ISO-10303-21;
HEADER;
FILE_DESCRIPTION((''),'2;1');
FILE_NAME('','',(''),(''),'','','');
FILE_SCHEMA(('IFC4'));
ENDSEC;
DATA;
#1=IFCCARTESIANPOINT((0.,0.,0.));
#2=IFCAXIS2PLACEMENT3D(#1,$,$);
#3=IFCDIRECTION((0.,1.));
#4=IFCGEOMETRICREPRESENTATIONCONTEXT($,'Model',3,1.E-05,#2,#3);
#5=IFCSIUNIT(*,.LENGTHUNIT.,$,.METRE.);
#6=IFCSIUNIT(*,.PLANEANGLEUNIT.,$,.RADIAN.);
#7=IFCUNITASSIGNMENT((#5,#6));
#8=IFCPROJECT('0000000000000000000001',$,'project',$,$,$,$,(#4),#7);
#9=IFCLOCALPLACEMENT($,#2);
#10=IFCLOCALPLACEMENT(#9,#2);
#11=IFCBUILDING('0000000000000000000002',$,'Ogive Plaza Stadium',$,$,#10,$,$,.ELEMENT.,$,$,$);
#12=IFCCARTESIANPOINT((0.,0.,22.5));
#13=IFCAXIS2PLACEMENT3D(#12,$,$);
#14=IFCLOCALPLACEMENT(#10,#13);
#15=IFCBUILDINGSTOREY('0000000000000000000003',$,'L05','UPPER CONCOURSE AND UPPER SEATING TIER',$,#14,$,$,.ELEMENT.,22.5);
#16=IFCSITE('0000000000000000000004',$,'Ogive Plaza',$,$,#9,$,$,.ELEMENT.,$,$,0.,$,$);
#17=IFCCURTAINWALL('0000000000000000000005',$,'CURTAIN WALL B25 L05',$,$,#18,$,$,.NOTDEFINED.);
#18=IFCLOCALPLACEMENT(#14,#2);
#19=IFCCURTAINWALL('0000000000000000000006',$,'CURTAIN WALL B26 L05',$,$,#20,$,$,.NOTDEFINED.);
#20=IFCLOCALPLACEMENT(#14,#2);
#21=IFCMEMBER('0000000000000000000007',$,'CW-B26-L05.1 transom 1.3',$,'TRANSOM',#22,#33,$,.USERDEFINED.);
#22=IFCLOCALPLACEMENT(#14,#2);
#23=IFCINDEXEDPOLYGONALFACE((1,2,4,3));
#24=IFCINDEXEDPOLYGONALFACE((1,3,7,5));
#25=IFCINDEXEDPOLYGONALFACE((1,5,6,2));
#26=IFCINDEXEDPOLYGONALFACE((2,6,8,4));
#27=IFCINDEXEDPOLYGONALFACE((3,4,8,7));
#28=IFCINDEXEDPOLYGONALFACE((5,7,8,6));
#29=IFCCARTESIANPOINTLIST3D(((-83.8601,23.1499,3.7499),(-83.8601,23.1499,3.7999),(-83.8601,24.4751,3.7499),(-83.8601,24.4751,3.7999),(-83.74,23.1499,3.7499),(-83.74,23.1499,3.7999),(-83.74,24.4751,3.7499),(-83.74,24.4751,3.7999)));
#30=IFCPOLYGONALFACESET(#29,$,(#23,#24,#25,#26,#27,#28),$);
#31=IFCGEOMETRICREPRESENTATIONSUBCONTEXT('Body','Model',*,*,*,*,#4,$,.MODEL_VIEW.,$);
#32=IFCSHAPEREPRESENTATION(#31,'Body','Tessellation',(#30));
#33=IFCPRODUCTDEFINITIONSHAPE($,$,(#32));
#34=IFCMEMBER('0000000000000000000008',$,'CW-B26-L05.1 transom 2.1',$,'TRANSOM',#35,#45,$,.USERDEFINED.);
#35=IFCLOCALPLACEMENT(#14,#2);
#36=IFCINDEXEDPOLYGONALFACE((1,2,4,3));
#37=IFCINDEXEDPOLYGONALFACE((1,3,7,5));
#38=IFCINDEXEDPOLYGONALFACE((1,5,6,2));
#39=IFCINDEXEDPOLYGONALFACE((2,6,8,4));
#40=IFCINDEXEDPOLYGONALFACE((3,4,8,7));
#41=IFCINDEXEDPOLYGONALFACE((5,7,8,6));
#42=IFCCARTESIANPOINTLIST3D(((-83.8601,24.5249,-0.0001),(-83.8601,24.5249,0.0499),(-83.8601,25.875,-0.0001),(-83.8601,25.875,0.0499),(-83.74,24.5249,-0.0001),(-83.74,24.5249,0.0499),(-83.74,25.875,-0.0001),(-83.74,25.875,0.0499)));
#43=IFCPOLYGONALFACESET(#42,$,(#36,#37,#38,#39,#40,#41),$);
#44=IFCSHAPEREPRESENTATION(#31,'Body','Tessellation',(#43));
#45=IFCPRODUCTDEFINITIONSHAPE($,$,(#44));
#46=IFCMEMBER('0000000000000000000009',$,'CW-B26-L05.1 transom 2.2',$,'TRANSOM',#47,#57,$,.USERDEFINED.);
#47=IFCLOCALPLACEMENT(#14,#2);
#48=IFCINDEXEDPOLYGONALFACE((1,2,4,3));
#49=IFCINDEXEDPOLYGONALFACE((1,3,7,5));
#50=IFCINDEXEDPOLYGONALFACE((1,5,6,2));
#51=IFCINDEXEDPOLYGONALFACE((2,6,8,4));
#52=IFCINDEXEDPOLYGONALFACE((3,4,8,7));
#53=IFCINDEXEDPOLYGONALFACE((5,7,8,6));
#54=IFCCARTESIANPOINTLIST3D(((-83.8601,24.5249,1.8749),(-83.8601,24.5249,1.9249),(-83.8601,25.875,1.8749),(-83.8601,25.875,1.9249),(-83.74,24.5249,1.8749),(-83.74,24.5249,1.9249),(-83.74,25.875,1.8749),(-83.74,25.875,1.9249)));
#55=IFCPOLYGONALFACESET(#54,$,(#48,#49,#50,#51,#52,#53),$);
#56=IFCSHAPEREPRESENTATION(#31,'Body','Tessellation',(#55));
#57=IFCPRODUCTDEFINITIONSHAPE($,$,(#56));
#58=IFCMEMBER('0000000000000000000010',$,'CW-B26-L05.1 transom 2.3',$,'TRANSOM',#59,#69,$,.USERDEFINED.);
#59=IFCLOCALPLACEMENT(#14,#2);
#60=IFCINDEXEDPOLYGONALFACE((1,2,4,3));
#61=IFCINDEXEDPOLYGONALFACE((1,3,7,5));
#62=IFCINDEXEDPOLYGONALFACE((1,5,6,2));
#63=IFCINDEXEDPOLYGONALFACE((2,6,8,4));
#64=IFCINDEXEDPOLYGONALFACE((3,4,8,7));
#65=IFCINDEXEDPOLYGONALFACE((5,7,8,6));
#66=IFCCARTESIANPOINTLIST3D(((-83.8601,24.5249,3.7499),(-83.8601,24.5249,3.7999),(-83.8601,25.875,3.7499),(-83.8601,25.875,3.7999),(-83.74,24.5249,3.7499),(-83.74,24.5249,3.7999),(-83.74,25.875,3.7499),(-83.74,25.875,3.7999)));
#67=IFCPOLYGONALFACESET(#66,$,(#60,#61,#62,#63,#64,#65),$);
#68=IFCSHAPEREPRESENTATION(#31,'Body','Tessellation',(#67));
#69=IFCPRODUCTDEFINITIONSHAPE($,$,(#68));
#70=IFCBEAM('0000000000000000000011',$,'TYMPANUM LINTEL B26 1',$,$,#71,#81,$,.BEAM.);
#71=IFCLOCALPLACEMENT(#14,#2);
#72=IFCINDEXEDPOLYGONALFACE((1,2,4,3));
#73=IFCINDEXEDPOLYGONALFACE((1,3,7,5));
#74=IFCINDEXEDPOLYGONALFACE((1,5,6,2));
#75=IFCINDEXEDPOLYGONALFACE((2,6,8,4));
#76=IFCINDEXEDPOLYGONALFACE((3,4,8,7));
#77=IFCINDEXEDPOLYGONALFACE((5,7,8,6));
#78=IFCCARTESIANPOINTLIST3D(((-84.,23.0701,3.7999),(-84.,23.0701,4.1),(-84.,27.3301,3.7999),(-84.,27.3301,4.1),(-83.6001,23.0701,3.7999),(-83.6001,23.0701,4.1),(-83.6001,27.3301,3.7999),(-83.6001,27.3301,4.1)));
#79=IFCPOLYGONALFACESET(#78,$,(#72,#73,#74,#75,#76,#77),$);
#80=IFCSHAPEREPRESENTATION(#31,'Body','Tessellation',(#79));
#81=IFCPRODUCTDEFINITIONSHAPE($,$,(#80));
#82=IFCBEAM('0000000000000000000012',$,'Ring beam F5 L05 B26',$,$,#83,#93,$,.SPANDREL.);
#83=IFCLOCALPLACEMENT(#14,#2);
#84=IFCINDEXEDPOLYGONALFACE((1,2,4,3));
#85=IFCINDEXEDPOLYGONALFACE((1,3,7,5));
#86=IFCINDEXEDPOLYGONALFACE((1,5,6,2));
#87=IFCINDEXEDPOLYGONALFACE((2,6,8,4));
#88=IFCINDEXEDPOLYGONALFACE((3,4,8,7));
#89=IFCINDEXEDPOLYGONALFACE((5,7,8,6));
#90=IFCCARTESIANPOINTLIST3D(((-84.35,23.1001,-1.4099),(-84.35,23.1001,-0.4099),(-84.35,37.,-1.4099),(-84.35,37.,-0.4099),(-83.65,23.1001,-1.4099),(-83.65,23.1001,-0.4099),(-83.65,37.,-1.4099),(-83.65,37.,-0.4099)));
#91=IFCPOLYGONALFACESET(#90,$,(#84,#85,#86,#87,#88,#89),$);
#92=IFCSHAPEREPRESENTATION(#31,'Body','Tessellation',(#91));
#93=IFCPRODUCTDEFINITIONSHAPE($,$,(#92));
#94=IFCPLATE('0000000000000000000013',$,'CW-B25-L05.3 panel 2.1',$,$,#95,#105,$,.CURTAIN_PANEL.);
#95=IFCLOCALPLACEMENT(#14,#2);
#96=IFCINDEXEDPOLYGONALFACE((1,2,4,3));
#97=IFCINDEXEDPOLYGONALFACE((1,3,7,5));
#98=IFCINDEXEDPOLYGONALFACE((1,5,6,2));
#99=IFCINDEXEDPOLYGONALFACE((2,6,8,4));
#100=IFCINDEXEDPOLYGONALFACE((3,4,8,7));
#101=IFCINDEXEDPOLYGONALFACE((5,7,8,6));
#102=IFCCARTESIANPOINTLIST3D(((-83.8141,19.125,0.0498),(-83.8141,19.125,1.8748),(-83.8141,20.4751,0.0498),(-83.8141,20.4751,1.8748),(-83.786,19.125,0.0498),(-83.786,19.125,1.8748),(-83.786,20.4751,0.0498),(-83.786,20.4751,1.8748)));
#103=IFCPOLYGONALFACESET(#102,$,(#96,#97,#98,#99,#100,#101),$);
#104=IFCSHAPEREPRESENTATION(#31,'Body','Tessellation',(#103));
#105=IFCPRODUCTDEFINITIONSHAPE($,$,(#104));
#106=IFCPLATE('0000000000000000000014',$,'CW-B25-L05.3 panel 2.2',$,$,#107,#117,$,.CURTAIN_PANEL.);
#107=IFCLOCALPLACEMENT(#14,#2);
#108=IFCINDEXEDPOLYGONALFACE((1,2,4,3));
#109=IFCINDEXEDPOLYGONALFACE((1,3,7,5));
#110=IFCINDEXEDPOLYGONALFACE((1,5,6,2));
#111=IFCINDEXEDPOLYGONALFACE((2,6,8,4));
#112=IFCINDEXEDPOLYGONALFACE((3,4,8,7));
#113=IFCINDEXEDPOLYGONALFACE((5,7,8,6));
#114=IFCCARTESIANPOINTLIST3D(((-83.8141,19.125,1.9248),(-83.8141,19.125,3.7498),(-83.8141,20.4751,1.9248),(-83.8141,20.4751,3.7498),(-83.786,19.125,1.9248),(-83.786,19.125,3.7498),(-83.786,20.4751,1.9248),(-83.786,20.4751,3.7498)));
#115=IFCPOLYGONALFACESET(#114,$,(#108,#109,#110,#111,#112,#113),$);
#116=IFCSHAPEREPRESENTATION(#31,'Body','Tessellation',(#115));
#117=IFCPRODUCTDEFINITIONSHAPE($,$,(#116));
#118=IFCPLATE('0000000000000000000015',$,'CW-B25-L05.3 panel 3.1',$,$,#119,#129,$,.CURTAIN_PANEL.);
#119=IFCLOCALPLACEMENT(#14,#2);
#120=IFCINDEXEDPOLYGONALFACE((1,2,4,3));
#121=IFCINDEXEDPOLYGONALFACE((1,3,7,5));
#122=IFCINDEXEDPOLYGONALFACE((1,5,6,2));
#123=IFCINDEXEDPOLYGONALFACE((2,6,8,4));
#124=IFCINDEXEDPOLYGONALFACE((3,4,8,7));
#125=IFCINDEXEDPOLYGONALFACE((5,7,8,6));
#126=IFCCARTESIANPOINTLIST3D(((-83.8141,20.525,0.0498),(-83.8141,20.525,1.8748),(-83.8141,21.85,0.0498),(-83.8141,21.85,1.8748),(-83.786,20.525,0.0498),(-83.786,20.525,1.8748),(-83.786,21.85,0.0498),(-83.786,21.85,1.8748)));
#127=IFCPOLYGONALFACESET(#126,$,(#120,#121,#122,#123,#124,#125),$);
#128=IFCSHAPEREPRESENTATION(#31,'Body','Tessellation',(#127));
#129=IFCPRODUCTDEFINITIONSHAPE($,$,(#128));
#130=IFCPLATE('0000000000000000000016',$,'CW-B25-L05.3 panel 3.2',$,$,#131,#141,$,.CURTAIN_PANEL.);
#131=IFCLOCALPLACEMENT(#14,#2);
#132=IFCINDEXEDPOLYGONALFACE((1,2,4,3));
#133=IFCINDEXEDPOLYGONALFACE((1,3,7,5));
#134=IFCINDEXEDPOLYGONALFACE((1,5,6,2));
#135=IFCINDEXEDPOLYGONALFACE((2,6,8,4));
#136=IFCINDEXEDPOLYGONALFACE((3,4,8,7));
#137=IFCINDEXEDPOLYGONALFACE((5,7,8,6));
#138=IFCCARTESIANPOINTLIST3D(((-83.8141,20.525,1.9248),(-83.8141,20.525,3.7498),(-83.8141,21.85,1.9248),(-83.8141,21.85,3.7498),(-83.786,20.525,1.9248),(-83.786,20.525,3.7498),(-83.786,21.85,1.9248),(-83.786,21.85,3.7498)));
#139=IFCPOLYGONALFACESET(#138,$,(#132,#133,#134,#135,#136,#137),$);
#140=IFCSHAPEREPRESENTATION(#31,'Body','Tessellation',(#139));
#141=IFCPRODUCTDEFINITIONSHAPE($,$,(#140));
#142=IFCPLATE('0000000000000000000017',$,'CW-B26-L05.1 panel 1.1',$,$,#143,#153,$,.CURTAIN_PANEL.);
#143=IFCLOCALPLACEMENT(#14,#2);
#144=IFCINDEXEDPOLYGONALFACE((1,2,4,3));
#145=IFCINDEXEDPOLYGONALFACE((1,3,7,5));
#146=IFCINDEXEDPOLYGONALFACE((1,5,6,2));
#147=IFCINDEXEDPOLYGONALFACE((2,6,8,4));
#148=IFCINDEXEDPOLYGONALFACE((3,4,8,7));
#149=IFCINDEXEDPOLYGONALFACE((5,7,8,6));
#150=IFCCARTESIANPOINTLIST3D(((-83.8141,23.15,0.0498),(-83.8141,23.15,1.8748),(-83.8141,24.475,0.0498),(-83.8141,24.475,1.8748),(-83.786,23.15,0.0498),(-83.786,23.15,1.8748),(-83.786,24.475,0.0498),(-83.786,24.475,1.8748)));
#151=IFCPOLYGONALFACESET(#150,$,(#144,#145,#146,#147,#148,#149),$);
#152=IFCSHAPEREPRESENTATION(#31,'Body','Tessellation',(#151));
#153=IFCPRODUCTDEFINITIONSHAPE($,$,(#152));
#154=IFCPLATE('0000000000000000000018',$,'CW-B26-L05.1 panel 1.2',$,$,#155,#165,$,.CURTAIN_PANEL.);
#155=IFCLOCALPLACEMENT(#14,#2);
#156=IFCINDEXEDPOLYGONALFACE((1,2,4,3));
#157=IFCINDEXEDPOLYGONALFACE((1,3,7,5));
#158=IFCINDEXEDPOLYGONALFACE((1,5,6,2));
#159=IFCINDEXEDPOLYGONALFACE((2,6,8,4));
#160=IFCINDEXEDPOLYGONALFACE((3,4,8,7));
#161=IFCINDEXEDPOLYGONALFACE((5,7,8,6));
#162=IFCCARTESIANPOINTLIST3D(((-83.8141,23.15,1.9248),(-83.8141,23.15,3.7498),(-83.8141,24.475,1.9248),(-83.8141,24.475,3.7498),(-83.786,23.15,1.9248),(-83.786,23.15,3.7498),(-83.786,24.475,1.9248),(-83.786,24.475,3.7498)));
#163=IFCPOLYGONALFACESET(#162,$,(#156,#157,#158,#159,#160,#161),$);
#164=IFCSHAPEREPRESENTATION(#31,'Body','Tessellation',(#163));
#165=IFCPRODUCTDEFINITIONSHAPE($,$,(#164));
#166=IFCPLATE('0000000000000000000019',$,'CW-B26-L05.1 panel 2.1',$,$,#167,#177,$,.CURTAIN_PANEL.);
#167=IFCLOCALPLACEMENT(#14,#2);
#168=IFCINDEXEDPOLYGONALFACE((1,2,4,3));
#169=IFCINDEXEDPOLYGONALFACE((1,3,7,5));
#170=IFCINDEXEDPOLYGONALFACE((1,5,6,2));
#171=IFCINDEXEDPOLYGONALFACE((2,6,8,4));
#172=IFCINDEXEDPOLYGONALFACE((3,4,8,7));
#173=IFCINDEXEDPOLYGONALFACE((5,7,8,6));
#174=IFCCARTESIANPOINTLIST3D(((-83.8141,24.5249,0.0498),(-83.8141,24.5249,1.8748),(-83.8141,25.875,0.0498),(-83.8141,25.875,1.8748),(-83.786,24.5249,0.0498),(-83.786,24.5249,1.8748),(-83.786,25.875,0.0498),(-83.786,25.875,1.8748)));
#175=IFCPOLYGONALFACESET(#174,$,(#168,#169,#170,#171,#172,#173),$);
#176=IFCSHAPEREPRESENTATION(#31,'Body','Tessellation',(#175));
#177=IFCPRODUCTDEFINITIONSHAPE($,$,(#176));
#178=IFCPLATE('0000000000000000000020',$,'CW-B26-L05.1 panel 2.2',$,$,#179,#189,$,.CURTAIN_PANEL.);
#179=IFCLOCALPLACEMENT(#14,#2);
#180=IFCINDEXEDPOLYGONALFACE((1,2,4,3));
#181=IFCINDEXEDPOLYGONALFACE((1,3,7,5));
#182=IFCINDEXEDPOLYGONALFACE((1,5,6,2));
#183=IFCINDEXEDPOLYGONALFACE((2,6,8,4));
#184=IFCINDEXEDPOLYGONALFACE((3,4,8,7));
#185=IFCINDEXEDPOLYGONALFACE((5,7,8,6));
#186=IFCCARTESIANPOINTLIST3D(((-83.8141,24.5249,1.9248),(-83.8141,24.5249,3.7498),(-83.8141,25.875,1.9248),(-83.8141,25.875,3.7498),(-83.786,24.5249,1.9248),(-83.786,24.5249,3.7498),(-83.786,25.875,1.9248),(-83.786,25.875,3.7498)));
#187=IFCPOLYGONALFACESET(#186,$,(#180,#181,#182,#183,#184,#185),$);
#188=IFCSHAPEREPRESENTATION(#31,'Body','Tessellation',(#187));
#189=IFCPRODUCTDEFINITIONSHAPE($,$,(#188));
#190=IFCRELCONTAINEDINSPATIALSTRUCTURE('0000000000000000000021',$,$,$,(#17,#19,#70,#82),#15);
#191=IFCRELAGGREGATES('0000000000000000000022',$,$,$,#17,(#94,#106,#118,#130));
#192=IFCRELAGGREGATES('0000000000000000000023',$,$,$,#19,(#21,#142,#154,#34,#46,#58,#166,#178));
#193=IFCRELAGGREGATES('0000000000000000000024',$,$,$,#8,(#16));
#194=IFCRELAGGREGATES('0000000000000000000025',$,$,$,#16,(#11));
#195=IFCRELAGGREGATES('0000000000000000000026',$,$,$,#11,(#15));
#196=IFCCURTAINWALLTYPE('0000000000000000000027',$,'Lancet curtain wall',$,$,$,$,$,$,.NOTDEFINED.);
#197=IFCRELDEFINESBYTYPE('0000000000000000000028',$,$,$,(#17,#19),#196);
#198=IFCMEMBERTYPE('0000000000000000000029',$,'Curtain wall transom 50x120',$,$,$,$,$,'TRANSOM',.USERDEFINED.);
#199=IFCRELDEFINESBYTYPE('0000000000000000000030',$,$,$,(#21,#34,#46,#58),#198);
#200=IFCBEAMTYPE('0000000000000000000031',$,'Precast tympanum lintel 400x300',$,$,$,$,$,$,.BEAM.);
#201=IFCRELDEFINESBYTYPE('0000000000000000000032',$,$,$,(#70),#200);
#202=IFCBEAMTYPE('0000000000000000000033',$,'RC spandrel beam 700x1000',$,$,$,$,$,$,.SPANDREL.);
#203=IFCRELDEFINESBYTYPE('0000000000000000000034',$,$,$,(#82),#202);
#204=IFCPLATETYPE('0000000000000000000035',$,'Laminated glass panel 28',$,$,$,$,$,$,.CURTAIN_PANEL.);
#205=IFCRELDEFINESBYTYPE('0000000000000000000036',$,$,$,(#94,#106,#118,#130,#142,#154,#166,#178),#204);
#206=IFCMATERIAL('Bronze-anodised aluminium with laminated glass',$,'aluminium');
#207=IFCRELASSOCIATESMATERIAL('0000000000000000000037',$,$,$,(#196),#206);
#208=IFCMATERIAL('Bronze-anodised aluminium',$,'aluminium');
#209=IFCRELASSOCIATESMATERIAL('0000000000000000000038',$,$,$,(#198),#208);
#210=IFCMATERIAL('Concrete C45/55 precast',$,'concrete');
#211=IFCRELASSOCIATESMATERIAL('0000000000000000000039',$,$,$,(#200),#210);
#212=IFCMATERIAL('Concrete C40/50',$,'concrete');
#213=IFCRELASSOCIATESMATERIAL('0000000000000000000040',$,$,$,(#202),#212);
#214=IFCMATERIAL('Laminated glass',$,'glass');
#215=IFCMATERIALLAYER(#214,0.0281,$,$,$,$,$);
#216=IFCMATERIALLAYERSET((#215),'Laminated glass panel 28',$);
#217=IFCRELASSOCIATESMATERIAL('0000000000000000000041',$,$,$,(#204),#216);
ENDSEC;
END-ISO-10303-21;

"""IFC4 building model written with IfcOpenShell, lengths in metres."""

from ifc_helpers import new_model, si_unit, direction, frame, origin, origin_2d, place, context, subcontext, project, spatial, rectangle, extrude, material, layer, layer_set, material_profile, profile_set, type_object, element, aggregate, save


model = new_model("IFC4")

# Units and contexts
model_context = context("Model", 3, precision=1e-05, world=origin(), true_north=direction((0.0, 1.0)))
body_context = subcontext(model_context, "Body", "Model", "MODEL_VIEW")
ifc_project = project(units=[si_unit("LENGTHUNIT", "METRE"), si_unit("PLANEANGLEUNIT", "RADIAN")], contexts=[model_context])

# Site, building, storey
site_placement = place(None, origin())
site = spatial("IfcSite", under=ifc_project, at=site_placement, Name="Ogive Plaza", CompositionType="ELEMENT", RefElevation=0.0)
building_placement = place(site_placement, origin())
building = spatial("IfcBuilding", under=site, at=building_placement, Name="Ogive Plaza Stadium", CompositionType="ELEMENT")
storey_placement = place(building_placement, frame((0.0, 0.0, 22.5)))
storey = spatial("IfcBuildingStorey", under=building, at=storey_placement, Name="L05", Description="UPPER CONCOURSE AND UPPER SEATING TIER", CompositionType="ELEMENT", Elevation=22.5)

# Curtain walls
ifc_material_1 = material(Name="Bronze-anodised aluminium with laminated glass", Category="aluminium")
curtain_wall_type = type_object("IfcCurtainWallType", Name="Lancet curtain wall", PredefinedType="NOTDEFINED", material=ifc_material_1)
curtain_wall_1_placement = place(storey_placement, origin())
curtain_wall_1 = element("IfcCurtainWall", 1, at=curtain_wall_1_placement, inside=storey, type_object=curtain_wall_type, Name="CURTAIN WALL B25 L05", PredefinedType="NOTDEFINED")
curtain_wall_2_placement = place(storey_placement, origin())
curtain_wall_2 = element("IfcCurtainWall", 2, at=curtain_wall_2_placement, inside=storey, type_object=curtain_wall_type, Name="CURTAIN WALL B26 L05", PredefinedType="NOTDEFINED")

# Members
ifc_material_2 = material(Name="Bronze-anodised aluminium", Category="aluminium")
ifc_material_profile_1 = material_profile(ifc_material_2, rectangle(XDim=0.1201, YDim=0.05, at=origin_2d()), Name="AL 120x50")
ifc_profile_set_1 = profile_set([ifc_material_profile_1], Name="Bronze-anodised aluminium")
member_type_1 = type_object("IfcMemberType", Name="Curtain wall transom 50x120", ElementType="TRANSOM", PredefinedType="USERDEFINED", material=ifc_profile_set_1)
member_1_placement = place(storey_placement, frame((-83.8, 23.1499, 3.7749), z_axis=(0.0, 1.0, 0.0), x_axis=(-1.0, 0.0, 0.0)))
member_1 = element("IfcMember", 3, at=member_1_placement, type_object=member_type_1, Name="CW-B26-L05.1 transom 1.3", ObjectType="TRANSOM", PredefinedType="USERDEFINED", context=body_context, shape_type="SweptSolid", body=[
    extrude(rectangle(XDim=0.1201, YDim=0.05, at=origin_2d()), origin(), (0.0, 0.0, 1.0), 1.3252),
])
member_2_placement = place(storey_placement, frame((-83.8, 24.5249, 0.0249), z_axis=(0.0, 1.0, 0.0), x_axis=(-1.0, 0.0, 0.0)))
member_2 = element("IfcMember", 4, at=member_2_placement, type_object=member_type_1, Name="CW-B26-L05.1 transom 2.1", ObjectType="TRANSOM", PredefinedType="USERDEFINED", context=body_context, shape_type="SweptSolid", body=[
    extrude(rectangle(XDim=0.1201, YDim=0.05, at=origin_2d()), origin(), (0.0, 0.0, 1.0), 1.3501),
])
member_3_placement = place(storey_placement, frame((-83.8, 24.5249, 1.8999), z_axis=(0.0, 1.0, 0.0), x_axis=(-1.0, 0.0, 0.0)))
member_3 = element("IfcMember", 5, at=member_3_placement, type_object=member_type_1, Name="CW-B26-L05.1 transom 2.2", ObjectType="TRANSOM", PredefinedType="USERDEFINED", context=body_context, shape_type="SweptSolid", body=[
    extrude(rectangle(XDim=0.1201, YDim=0.05, at=origin_2d()), origin(), (0.0, 0.0, 1.0), 1.3501),
])
member_4_placement = place(storey_placement, frame((-83.8, 24.5249, 3.7749), z_axis=(0.0, 1.0, 0.0), x_axis=(-1.0, 0.0, 0.0)))
member_4 = element("IfcMember", 6, at=member_4_placement, type_object=member_type_1, Name="CW-B26-L05.1 transom 2.3", ObjectType="TRANSOM", PredefinedType="USERDEFINED", context=body_context, shape_type="SweptSolid", body=[
    extrude(rectangle(XDim=0.1201, YDim=0.05, at=origin_2d()), origin(), (0.0, 0.0, 1.0), 1.3501),
])

# Beams
ifc_material_3 = material(Name="Concrete C45/55 precast", Category="concrete")
ifc_material_profile_2 = material_profile(ifc_material_3, rectangle(XDim=0.3999, YDim=0.3, at=origin_2d()), Name="RC 400x300")
ifc_profile_set_2 = profile_set([ifc_material_profile_2], Name="Concrete C45/55 precast")
beam_type_1 = type_object("IfcBeamType", Name="Precast tympanum lintel 400x300", PredefinedType="BEAM", material=ifc_profile_set_2)
beam_1_placement = place(storey_placement, frame((-83.8, 23.0701, 3.95), z_axis=(0.0, 1.0, 0.0), x_axis=(-1.0, 0.0, 0.0)))
element("IfcBeam", 7, at=beam_1_placement, inside=storey, type_object=beam_type_1, Name="TYMPANUM LINTEL B26 1", PredefinedType="BEAM", context=body_context, shape_type="SweptSolid", body=[
    extrude(rectangle(XDim=0.3999, YDim=0.3, at=origin_2d()), origin(), (0.0, 0.0, 1.0), 4.26),
])
ifc_material_4 = material(Name="Concrete C40/50", Category="concrete")
ifc_material_profile_3 = material_profile(ifc_material_4, rectangle(XDim=0.7, YDim=1.0, at=origin_2d()), Name="RC 700x1000")
ifc_profile_set_3 = profile_set([ifc_material_profile_3], Name="Concrete C40/50")
beam_type_2 = type_object("IfcBeamType", Name="RC spandrel beam 700x1000", PredefinedType="SPANDREL", material=ifc_profile_set_3)
beam_2_placement = place(storey_placement, frame((-84.0, 23.1001, -0.9099), z_axis=(0.0, 1.0, 0.0), x_axis=(-1.0, 0.0, 0.0)))
element("IfcBeam", 8, at=beam_2_placement, inside=storey, type_object=beam_type_2, Name="Ring beam F5 L05 B26", PredefinedType="SPANDREL", context=body_context, shape_type="SweptSolid", body=[
    extrude(rectangle(XDim=0.7, YDim=1.0, at=origin_2d()), origin(), (0.0, 0.0, 1.0), 13.8999),
])

# Plates
ifc_material_5 = material(Name="Laminated glass", Category="glass")
ifc_layer_1 = layer(ifc_material_5, 0.0281)
ifc_layer_set_1 = layer_set([ifc_layer_1], Name="Laminated glass panel 28")
plate_type = type_object("IfcPlateType", Name="Laminated glass panel 28", PredefinedType="CURTAIN_PANEL", material=ifc_layer_set_1)
plate_1_placement = place(storey_placement, frame((-83.8, 19.8, 0.0498), z_axis=(0.0, 0.0, 1.0), x_axis=(0.0, 1.0, 0.0)))
plate_1 = element("IfcPlate", 9, at=plate_1_placement, type_object=plate_type, Name="CW-B25-L05.3 panel 2.1", PredefinedType="CURTAIN_PANEL", context=body_context, shape_type="SweptSolid", body=[
    extrude(rectangle(XDim=1.3501, YDim=0.0281, at=origin_2d()), origin(), (0.0, 0.0, 1.0), 1.825),
])
plate_2_placement = place(storey_placement, frame((-83.8, 19.8, 1.9248), z_axis=(0.0, 0.0, 1.0), x_axis=(0.0, 1.0, 0.0)))
plate_2 = element("IfcPlate", 10, at=plate_2_placement, type_object=plate_type, Name="CW-B25-L05.3 panel 2.2", PredefinedType="CURTAIN_PANEL", context=body_context, shape_type="SweptSolid", body=[
    extrude(rectangle(XDim=1.3501, YDim=0.0281, at=origin_2d()), origin(), (0.0, 0.0, 1.0), 1.825),
])
plate_3_placement = place(storey_placement, frame((-83.8, 21.1875, 0.0498), z_axis=(0.0, 0.0, 1.0), x_axis=(0.0, 1.0, 0.0)))
plate_3 = element("IfcPlate", 11, at=plate_3_placement, type_object=plate_type, Name="CW-B25-L05.3 panel 3.1", PredefinedType="CURTAIN_PANEL", context=body_context, shape_type="SweptSolid", body=[
    extrude(rectangle(XDim=1.325, YDim=0.0281, at=origin_2d()), origin(), (0.0, 0.0, 1.0), 1.825),
])
plate_4_placement = place(storey_placement, frame((-83.8, 21.1875, 1.9248), z_axis=(0.0, 0.0, 1.0), x_axis=(0.0, 1.0, 0.0)))
plate_4 = element("IfcPlate", 12, at=plate_4_placement, type_object=plate_type, Name="CW-B25-L05.3 panel 3.2", PredefinedType="CURTAIN_PANEL", context=body_context, shape_type="SweptSolid", body=[
    extrude(rectangle(XDim=1.325, YDim=0.0281, at=origin_2d()), origin(), (0.0, 0.0, 1.0), 1.825),
])
aggregate(curtain_wall_1, [plate_1, plate_2, plate_3, plate_4])
plate_5_placement = place(storey_placement, frame((-83.8, 23.8125, 0.0498), z_axis=(0.0, 0.0, 1.0), x_axis=(0.0, 1.0, 0.0)))
plate_5 = element("IfcPlate", 13, at=plate_5_placement, type_object=plate_type, Name="CW-B26-L05.1 panel 1.1", PredefinedType="CURTAIN_PANEL", context=body_context, shape_type="SweptSolid", body=[
    extrude(rectangle(XDim=1.325, YDim=0.0281, at=origin_2d()), origin(), (0.0, 0.0, 1.0), 1.825),
])
plate_6_placement = place(storey_placement, frame((-83.8, 23.8125, 1.9248), z_axis=(0.0, 0.0, 1.0), x_axis=(0.0, 1.0, 0.0)))
plate_6 = element("IfcPlate", 14, at=plate_6_placement, type_object=plate_type, Name="CW-B26-L05.1 panel 1.2", PredefinedType="CURTAIN_PANEL", context=body_context, shape_type="SweptSolid", body=[
    extrude(rectangle(XDim=1.325, YDim=0.0281, at=origin_2d()), origin(), (0.0, 0.0, 1.0), 1.825),
])
plate_7_placement = place(storey_placement, frame((-83.8, 25.2, 0.0498), z_axis=(0.0, 0.0, 1.0), x_axis=(0.0, 1.0, 0.0)))
plate_7 = element("IfcPlate", 15, at=plate_7_placement, type_object=plate_type, Name="CW-B26-L05.1 panel 2.1", PredefinedType="CURTAIN_PANEL", context=body_context, shape_type="SweptSolid", body=[
    extrude(rectangle(XDim=1.3501, YDim=0.0281, at=origin_2d()), origin(), (0.0, 0.0, 1.0), 1.825),
])
plate_8_placement = place(storey_placement, frame((-83.8, 25.2, 1.9248), z_axis=(0.0, 0.0, 1.0), x_axis=(0.0, 1.0, 0.0)))
plate_8 = element("IfcPlate", 16, at=plate_8_placement, type_object=plate_type, Name="CW-B26-L05.1 panel 2.2", PredefinedType="CURTAIN_PANEL", context=body_context, shape_type="SweptSolid", body=[
    extrude(rectangle(XDim=1.3501, YDim=0.0281, at=origin_2d()), origin(), (0.0, 0.0, 1.0), 1.825),
])
aggregate(curtain_wall_2, [member_1, plate_5, plate_6, member_2, member_3, member_4, plate_7, plate_8])

save(model, "model.ifc")
